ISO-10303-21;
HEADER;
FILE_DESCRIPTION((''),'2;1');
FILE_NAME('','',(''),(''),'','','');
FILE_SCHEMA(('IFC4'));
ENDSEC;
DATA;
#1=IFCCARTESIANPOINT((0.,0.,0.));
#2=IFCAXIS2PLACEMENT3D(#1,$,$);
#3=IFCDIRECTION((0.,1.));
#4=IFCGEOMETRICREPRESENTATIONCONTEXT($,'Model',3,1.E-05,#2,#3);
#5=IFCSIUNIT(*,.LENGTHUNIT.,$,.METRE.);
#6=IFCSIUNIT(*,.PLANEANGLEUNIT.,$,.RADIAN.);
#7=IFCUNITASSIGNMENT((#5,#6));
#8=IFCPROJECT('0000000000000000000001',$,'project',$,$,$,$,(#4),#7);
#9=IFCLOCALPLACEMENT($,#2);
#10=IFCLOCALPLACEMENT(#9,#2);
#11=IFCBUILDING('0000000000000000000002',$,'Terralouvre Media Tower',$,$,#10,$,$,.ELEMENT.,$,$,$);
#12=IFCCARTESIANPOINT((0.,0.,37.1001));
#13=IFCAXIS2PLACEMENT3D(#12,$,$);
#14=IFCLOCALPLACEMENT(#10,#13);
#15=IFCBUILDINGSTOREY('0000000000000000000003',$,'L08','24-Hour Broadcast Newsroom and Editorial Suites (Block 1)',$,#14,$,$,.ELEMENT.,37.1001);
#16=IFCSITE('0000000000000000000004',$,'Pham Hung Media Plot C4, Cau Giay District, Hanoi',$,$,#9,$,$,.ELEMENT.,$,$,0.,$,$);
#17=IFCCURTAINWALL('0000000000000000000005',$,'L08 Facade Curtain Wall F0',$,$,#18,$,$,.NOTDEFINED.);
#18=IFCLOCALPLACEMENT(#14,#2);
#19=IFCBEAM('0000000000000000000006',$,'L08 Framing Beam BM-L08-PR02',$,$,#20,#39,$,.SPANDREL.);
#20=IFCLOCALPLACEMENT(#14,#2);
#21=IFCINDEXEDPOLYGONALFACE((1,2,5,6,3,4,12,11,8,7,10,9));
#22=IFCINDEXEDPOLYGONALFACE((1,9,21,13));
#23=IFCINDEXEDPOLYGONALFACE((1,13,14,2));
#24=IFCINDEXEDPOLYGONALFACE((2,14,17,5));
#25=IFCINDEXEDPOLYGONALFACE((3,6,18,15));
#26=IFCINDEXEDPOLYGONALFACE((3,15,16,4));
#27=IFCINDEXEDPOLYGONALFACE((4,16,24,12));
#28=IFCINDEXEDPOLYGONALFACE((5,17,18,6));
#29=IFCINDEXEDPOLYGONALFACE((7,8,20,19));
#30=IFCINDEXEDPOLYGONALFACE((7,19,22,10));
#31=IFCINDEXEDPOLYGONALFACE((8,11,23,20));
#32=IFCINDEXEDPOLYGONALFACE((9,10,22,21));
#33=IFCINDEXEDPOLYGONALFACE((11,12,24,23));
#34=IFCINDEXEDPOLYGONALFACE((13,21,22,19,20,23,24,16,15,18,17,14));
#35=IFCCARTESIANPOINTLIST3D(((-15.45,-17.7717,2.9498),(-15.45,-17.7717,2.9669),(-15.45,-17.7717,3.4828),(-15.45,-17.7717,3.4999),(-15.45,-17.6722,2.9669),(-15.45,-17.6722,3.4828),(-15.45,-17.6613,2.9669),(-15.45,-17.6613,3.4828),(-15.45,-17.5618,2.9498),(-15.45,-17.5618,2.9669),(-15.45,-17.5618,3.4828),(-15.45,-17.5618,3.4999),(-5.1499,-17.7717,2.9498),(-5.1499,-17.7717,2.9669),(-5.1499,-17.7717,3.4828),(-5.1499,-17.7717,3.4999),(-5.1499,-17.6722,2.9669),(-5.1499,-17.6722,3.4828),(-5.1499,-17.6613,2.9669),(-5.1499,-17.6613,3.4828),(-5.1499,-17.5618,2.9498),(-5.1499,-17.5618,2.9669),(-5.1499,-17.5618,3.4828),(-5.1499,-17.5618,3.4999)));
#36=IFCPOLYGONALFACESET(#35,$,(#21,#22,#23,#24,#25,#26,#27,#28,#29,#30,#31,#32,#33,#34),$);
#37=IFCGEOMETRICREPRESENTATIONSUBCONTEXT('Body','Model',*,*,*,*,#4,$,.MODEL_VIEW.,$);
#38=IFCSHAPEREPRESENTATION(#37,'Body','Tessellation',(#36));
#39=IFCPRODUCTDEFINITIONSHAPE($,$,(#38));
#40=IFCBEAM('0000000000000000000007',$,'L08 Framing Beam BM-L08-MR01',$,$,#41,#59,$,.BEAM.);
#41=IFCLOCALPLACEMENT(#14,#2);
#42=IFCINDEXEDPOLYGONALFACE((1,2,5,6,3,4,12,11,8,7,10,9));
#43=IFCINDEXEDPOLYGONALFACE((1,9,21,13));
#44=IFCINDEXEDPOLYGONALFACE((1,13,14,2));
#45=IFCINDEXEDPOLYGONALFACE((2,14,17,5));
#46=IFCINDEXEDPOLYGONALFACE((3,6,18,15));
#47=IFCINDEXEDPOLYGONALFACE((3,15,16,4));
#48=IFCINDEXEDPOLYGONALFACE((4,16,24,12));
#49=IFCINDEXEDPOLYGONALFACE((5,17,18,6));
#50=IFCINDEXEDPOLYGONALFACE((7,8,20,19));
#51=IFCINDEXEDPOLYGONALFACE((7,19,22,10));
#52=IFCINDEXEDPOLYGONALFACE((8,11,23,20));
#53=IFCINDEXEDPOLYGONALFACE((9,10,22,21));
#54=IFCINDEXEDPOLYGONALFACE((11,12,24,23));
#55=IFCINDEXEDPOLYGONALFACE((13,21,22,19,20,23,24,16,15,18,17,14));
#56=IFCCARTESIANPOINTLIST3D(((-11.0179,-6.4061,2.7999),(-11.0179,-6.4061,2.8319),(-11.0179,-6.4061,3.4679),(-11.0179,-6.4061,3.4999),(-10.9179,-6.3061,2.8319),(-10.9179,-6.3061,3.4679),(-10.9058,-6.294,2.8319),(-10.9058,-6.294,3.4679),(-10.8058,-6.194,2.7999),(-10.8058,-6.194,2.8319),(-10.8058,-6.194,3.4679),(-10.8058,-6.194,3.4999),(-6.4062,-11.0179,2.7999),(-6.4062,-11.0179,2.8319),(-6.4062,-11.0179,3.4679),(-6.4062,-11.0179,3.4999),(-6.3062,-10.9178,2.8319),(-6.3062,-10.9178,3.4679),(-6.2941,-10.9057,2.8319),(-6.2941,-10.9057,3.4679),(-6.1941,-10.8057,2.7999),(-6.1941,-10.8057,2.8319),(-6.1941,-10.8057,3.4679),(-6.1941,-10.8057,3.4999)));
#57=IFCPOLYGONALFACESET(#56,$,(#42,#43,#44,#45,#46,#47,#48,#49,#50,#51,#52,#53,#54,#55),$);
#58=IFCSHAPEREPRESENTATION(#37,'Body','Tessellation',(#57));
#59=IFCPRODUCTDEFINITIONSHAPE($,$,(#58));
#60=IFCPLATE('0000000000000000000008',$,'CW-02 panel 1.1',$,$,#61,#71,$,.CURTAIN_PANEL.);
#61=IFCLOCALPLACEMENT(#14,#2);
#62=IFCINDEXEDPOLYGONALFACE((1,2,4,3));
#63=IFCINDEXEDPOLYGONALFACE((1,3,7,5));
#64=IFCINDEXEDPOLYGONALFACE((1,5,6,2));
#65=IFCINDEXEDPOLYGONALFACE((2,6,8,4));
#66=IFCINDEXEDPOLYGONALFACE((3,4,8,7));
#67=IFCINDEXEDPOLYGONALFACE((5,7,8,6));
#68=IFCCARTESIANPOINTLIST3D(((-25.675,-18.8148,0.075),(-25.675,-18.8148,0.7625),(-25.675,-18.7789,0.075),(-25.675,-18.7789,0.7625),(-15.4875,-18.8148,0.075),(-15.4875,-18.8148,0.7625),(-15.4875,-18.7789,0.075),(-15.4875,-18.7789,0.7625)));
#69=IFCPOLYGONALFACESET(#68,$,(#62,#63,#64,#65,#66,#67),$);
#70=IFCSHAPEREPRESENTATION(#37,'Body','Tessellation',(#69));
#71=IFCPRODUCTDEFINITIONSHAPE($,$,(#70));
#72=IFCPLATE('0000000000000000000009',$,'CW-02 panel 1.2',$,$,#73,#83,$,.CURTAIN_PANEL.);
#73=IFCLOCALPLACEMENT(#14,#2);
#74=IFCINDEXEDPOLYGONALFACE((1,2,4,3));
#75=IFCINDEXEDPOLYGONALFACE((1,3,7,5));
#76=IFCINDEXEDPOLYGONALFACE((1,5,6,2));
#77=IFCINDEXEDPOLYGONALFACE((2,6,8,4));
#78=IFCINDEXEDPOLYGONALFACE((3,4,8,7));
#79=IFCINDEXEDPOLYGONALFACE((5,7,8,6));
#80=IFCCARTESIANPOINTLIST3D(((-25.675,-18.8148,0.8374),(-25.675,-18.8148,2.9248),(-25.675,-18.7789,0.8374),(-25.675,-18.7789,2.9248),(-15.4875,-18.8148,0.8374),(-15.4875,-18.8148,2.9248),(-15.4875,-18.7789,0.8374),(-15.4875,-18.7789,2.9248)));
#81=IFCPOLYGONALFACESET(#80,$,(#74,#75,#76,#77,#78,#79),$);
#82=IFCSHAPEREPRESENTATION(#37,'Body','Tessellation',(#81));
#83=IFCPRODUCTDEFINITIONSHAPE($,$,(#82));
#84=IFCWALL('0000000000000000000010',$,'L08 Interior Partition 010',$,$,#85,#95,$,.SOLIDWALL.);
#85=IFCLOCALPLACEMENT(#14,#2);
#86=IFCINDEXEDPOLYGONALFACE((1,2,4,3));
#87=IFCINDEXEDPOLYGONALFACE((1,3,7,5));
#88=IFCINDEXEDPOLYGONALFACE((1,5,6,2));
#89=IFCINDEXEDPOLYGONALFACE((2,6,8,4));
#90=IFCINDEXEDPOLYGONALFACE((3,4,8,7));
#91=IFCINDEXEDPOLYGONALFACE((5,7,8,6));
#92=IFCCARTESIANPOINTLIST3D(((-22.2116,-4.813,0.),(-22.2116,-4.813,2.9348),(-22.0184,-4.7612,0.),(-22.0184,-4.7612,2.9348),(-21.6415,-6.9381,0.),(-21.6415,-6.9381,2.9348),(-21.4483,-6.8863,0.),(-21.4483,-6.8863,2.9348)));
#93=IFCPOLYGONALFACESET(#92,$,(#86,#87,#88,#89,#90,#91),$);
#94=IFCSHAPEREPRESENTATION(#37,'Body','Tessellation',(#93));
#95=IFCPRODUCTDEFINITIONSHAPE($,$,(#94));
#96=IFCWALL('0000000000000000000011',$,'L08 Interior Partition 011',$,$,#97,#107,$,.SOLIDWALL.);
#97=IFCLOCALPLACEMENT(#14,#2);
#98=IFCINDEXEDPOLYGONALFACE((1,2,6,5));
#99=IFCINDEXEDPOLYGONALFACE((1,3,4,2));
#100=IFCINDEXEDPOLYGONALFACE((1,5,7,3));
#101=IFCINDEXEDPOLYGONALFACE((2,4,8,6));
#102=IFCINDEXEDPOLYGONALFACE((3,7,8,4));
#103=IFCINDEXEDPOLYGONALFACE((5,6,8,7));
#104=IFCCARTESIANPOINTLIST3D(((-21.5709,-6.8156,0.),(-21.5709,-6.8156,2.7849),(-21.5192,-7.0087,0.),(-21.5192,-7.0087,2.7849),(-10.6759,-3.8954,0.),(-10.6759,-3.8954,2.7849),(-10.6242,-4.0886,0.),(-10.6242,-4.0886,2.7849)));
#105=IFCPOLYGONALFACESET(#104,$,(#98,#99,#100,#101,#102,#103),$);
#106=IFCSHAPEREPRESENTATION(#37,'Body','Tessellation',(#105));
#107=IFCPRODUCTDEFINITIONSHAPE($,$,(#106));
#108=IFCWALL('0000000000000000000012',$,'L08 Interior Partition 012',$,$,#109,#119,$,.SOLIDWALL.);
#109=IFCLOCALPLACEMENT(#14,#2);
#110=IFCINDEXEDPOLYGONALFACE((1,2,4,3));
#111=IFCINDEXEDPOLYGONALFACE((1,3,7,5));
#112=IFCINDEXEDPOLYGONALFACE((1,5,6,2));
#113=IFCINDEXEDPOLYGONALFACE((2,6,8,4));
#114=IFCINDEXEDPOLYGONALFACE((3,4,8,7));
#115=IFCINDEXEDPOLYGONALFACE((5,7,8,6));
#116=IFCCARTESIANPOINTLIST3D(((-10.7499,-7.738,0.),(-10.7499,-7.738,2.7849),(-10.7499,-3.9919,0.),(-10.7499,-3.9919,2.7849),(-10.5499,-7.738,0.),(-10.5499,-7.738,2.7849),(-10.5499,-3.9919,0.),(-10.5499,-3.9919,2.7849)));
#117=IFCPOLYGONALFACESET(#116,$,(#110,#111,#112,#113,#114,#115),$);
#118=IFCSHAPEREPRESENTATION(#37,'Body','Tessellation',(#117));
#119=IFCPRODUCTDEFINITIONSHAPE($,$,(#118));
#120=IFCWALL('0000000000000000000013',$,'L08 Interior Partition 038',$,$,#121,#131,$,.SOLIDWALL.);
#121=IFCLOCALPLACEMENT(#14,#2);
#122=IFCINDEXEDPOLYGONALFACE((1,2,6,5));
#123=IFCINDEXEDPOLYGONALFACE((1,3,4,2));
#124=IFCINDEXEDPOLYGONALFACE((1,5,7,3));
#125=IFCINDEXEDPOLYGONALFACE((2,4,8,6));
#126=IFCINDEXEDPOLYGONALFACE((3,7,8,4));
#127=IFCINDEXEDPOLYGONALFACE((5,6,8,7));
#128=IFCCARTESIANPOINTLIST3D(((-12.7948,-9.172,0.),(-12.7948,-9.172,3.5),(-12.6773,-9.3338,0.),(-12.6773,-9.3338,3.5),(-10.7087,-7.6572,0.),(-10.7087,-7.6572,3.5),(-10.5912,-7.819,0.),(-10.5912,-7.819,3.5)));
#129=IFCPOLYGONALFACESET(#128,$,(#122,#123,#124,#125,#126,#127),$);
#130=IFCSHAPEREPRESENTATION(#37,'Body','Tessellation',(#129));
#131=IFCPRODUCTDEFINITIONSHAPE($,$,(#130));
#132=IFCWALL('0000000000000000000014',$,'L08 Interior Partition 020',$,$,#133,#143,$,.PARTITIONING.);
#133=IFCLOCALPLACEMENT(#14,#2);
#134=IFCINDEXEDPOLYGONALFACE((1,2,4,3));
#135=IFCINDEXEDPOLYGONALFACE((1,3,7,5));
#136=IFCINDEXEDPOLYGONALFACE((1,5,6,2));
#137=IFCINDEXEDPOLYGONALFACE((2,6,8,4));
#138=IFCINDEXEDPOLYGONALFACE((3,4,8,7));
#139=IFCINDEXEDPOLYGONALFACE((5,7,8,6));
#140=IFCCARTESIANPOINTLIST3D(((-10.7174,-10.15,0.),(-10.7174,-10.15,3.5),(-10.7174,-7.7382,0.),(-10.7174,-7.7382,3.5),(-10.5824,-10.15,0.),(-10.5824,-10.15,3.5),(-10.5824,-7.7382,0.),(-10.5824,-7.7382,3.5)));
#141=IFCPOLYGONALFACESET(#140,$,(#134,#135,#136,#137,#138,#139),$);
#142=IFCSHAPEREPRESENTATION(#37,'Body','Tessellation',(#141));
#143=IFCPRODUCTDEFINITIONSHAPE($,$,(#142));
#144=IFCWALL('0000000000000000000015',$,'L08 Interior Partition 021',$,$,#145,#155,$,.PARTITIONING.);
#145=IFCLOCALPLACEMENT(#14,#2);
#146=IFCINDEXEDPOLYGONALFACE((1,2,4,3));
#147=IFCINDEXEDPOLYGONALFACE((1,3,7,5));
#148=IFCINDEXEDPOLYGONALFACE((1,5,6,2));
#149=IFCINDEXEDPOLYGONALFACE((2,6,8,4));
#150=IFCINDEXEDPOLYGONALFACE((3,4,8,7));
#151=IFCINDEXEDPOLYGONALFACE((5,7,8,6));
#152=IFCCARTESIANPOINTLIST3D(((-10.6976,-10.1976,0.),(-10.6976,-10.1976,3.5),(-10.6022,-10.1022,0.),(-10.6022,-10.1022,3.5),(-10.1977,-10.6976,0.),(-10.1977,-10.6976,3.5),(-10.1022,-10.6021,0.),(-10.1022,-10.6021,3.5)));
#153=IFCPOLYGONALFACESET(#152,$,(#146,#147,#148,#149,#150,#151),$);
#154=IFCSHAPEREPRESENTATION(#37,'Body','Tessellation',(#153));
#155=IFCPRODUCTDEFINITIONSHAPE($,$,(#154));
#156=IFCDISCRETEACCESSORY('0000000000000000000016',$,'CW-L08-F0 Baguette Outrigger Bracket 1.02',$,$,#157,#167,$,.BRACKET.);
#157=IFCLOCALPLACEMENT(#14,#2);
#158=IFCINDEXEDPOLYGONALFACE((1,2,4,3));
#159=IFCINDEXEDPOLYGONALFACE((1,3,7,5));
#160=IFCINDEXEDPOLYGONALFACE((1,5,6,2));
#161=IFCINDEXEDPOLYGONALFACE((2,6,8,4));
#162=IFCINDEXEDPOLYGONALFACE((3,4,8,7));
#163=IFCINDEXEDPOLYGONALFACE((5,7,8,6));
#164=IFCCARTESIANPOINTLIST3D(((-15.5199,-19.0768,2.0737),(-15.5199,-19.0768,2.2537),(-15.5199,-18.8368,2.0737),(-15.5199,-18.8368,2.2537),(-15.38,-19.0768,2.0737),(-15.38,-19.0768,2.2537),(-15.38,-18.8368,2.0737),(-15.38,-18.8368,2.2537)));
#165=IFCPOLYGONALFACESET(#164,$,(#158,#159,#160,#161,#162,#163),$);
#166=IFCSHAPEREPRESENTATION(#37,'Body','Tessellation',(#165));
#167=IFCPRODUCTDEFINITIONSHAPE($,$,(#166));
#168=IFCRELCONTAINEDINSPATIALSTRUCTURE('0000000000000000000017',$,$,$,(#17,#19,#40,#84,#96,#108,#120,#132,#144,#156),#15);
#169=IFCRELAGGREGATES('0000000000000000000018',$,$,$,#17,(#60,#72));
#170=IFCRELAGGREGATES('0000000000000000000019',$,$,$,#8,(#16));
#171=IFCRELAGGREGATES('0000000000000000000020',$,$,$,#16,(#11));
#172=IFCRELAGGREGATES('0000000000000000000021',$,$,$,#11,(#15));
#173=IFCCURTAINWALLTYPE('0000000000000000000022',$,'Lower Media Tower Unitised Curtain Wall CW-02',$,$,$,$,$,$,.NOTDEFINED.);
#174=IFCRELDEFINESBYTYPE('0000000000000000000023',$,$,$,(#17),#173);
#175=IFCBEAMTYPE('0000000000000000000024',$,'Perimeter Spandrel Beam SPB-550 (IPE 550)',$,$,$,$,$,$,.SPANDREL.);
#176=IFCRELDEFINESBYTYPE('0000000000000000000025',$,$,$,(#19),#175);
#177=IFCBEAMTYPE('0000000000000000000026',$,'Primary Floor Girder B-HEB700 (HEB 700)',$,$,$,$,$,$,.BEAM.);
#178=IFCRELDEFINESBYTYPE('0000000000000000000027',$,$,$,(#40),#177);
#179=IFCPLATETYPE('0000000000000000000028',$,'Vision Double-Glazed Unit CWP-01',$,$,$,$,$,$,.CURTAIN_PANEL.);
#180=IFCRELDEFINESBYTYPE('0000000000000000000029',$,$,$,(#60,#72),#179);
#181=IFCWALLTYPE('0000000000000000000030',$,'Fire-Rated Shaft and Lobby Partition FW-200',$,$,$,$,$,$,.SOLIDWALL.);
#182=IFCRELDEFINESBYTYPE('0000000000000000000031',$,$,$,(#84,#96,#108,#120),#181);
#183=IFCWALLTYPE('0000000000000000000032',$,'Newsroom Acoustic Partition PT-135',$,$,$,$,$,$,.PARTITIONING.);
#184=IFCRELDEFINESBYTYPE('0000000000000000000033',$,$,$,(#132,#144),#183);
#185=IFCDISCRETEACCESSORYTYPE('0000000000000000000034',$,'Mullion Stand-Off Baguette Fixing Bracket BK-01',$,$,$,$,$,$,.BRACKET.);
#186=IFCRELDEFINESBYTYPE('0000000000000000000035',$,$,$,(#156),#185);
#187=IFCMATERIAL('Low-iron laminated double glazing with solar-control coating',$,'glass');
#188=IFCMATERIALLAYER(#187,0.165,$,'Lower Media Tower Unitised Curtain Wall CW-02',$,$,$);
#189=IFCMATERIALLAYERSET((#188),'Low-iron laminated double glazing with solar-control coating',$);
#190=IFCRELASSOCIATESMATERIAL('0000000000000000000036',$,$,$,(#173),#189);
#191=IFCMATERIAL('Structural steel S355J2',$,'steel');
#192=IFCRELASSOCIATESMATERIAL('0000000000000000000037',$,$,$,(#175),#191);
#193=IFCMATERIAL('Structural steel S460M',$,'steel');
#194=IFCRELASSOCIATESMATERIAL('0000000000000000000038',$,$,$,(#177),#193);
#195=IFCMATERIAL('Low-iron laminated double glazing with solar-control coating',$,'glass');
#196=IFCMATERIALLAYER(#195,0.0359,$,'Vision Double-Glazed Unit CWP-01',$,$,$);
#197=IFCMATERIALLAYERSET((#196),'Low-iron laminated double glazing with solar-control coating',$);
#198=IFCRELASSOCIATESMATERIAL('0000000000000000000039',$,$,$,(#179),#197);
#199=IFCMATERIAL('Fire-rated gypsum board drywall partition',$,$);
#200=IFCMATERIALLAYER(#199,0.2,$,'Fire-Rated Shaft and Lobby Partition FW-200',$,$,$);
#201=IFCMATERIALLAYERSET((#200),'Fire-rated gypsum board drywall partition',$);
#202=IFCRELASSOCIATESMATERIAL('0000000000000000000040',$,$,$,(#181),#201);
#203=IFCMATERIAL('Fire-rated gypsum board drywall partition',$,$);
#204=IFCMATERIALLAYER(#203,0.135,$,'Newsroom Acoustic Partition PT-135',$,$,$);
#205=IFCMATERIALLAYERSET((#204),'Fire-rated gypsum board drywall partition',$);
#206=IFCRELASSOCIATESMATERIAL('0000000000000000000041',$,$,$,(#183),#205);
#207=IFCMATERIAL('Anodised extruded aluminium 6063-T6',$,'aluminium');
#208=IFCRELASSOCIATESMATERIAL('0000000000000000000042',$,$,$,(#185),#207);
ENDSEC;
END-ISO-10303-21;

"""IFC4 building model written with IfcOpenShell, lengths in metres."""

from ifc_helpers import new_model, si_unit, direction, frame, frame_2d, origin, origin_2d, place, context, subcontext, project, spatial, rectangle, i_section, extrude, material, layer, layer_set, material_profile, profile_set, type_object, element, aggregate, save


model = new_model("IFC4")

# Units and contexts
model_context = context("Model", 3, precision=1e-05, world=origin(), true_north=direction((0.0, 1.0)))
body_context = subcontext(model_context, "Body", "Model", "MODEL_VIEW")
ifc_project = project(units=[si_unit("LENGTHUNIT", "METRE"), si_unit("PLANEANGLEUNIT", "RADIAN")], contexts=[model_context])

# Site, building, storey
site_placement = place(None, origin())
site = spatial("IfcSite", under=ifc_project, at=site_placement, Name="Pham Hung Media Plot C4, Cau Giay District, Hanoi", CompositionType="ELEMENT", RefElevation=0.0)
building_placement = place(site_placement, origin())
building = spatial("IfcBuilding", under=site, at=building_placement, Name="Terralouvre Media Tower", CompositionType="ELEMENT")
storey_placement = place(building_placement, frame((0.0, 0.0, 37.1001)))
storey = spatial("IfcBuildingStorey", under=building, at=storey_placement, Name="L08", Description="24-Hour Broadcast Newsroom and Editorial Suites (Block 1)", CompositionType="ELEMENT", Elevation=37.1001)

# Curtain wall
ifc_material_1 = material(Name="Low-iron laminated double glazing with solar-control coating", Category="glass")
ifc_layer_1 = layer(ifc_material_1, 0.165, Name="Lower Media Tower Unitised Curtain Wall CW-02")
ifc_layer_set_1 = layer_set([ifc_layer_1], Name="Low-iron laminated double glazing with solar-control coating")
curtain_wall_type = type_object("IfcCurtainWallType", Name="Lower Media Tower Unitised Curtain Wall CW-02", PredefinedType="NOTDEFINED", material=ifc_layer_set_1)
curtain_wall_1_placement = place(storey_placement, origin())
curtain_wall_1 = element("IfcCurtainWall", 1, at=curtain_wall_1_placement, inside=storey, type_object=curtain_wall_type, Name="L08 Facade Curtain Wall F0", PredefinedType="NOTDEFINED")

# Beams
ifc_material_2 = material(Name="Structural steel S355J2", Category="steel")
ifc_material_profile_1 = material_profile(ifc_material_2, i_section(OverallWidth=0.21, OverallDepth=0.55, WebThickness=0.011, FlangeThickness=0.0171, at=origin_2d()), Name="IPE 550")
ifc_profile_set_1 = profile_set([ifc_material_profile_1], Name="Structural steel S355J2")
beam_type_1 = type_object("IfcBeamType", Name="Perimeter Spandrel Beam SPB-550 (IPE 550)", PredefinedType="SPANDREL", material=ifc_profile_set_1)
beam_1_placement = place(storey_placement, frame((-15.45, -17.6667, 3.2249), z_axis=(1.0, 0.0, 0.0), x_axis=(0.0, 1.0, 0.0)))
element("IfcBeam", 2, at=beam_1_placement, inside=storey, type_object=beam_type_1, Name="L08 Framing Beam BM-L08-PR02", PredefinedType="SPANDREL", context=body_context, shape_type="SweptSolid", body=[
    extrude(i_section(OverallWidth=0.21, OverallDepth=0.55, WebThickness=0.011, FlangeThickness=0.0171, at=origin_2d()), origin(), (0.0, 0.0, 1.0), 10.3),
])
ifc_material_3 = material(Name="Structural steel S460M", Category="steel")
ifc_material_profile_2 = material_profile(ifc_material_3, i_section(OverallWidth=0.3, OverallDepth=0.7, WebThickness=0.0171, FlangeThickness=0.032, at=origin_2d()), Name="HEB 700")
ifc_profile_set_2 = profile_set([ifc_material_profile_2], Name="Structural steel S460M")
beam_type_2 = type_object("IfcBeamType", Name="Primary Floor Girder B-HEB700 (HEB 700)", PredefinedType="BEAM", material=ifc_profile_set_2)
beam_2_placement = place(storey_placement, frame((-10.9119, -6.3, 3.1499), z_axis=(0.707107, -0.707107, 0.0), x_axis=(0.707107, 0.707107, 0.0)))
element("IfcBeam", 3, at=beam_2_placement, inside=storey, type_object=beam_type_2, Name="L08 Framing Beam BM-L08-MR01", PredefinedType="BEAM", context=body_context, shape_type="SweptSolid", body=[
    extrude(i_section(OverallWidth=0.3, OverallDepth=0.7, WebThickness=0.0171, FlangeThickness=0.032, at=origin_2d()), origin(), (0.0, 0.0, 1.0), 6.522),
])

# Plates
ifc_material_4 = material(Name="Low-iron laminated double glazing with solar-control coating", Category="glass")
ifc_layer_2 = layer(ifc_material_4, 0.0359, Name="Vision Double-Glazed Unit CWP-01")
ifc_layer_set_2 = layer_set([ifc_layer_2], Name="Low-iron laminated double glazing with solar-control coating")
plate_type = type_object("IfcPlateType", Name="Vision Double-Glazed Unit CWP-01", PredefinedType="CURTAIN_PANEL", material=ifc_layer_set_2)
plate_1_placement = place(storey_placement, frame((-20.5813, -18.7969, 0.075), z_axis=(0.0, 0.0, 1.0), x_axis=(1.0, 0.0, 0.0)))
plate_1 = element("IfcPlate", 4, at=plate_1_placement, type_object=plate_type, Name="CW-02 panel 1.1", PredefinedType="CURTAIN_PANEL", context=body_context, shape_type="SweptSolid", body=[
    extrude(rectangle(XDim=10.1875, YDim=0.0359, at=origin_2d()), origin(), (0.0, 0.0, 1.0), 0.6875),
])
plate_2_placement = place(storey_placement, frame((-20.5813, -18.7969, 0.8374), z_axis=(0.0, 0.0, 1.0), x_axis=(1.0, 0.0, 0.0)))
plate_2 = element("IfcPlate", 5, at=plate_2_placement, type_object=plate_type, Name="CW-02 panel 1.2", PredefinedType="CURTAIN_PANEL", context=body_context, shape_type="SweptSolid", body=[
    extrude(rectangle(XDim=10.1875, YDim=0.0359, at=origin_2d()), origin(), (0.0, 0.0, 1.0), 2.0874),
])
aggregate(curtain_wall_1, [plate_1, plate_2])

# Walls
ifc_material_5 = material(Name="Fire-rated gypsum board drywall partition")
ifc_layer_3 = layer(ifc_material_5, 0.2, Name="Fire-Rated Shaft and Lobby Partition FW-200")
ifc_layer_set_3 = layer_set([ifc_layer_3], Name="Fire-rated gypsum board drywall partition")
wall_type_1 = type_object("IfcWallType", Name="Fire-Rated Shaft and Lobby Partition FW-200", PredefinedType="SOLIDWALL", material=ifc_layer_set_3)
wall_1_placement = place(storey_placement, frame((-22.115, -4.7871, 0.0), z_axis=(0.0, 0.0, 1.0), x_axis=(0.259106, -0.965849, 0.0)))
element("IfcWall", 6, at=wall_1_placement, inside=storey, type_object=wall_type_1, Name="L08 Interior Partition 010", PredefinedType="SOLIDWALL", context=body_context, shape_type="SweptSolid", body=[
    extrude(rectangle(XDim=2.2002, YDim=0.2, at=frame_2d((1.1001, 0.0))), origin(), (0.0, 0.0, 1.0), 2.9348),
])
wall_2_placement = place(storey_placement, frame((-21.5449, -6.9121, 0.0), z_axis=(0.0, 0.0, 1.0), x_axis=(0.965907, 0.25889, 0.0)))
element("IfcWall", 7, at=wall_2_placement, inside=storey, type_object=wall_type_1, Name="L08 Interior Partition 011", PredefinedType="SOLIDWALL", context=body_context, shape_type="SweptSolid", body=[
    extrude(rectangle(XDim=11.2795, YDim=0.2, at=frame_2d((5.6396, 0.0))), origin(), (0.0, 0.0, 1.0), 2.7849),
])
wall_3_placement = place(storey_placement, frame((-10.6499, -3.9919, 0.0), z_axis=(0.0, 0.0, 1.0), x_axis=(0.0, -1.0, 0.0)))
element("IfcWall", 8, at=wall_3_placement, inside=storey, type_object=wall_type_1, Name="L08 Interior Partition 012", PredefinedType="SOLIDWALL", context=body_context, shape_type="SweptSolid", body=[
    extrude(rectangle(XDim=3.7461, YDim=0.2, at=frame_2d((1.873, 0.0))), origin(), (0.0, 0.0, 1.0), 2.7849),
])
wall_4_placement = place(storey_placement, frame((-12.7361, -9.2529, 0.0), z_axis=(0.0, 0.0, 1.0), x_axis=(0.809166, 0.58758, 0.0)))
element("IfcWall", 9, at=wall_4_placement, inside=storey, type_object=wall_type_1, Name="L08 Interior Partition 038", PredefinedType="SOLIDWALL", context=body_context, shape_type="SweptSolid", body=[
    extrude(rectangle(XDim=2.5781, YDim=0.2, at=frame_2d((1.2891, 0.0))), origin(), (0.0, 0.0, 1.0), 3.5),
])
ifc_material_6 = material(Name="Fire-rated gypsum board drywall partition")
ifc_layer_4 = layer(ifc_material_6, 0.135, Name="Newsroom Acoustic Partition PT-135")
ifc_layer_set_4 = layer_set([ifc_layer_4], Name="Fire-rated gypsum board drywall partition")
wall_type_2 = type_object("IfcWallType", Name="Newsroom Acoustic Partition PT-135", PredefinedType="PARTITIONING", material=ifc_layer_set_4)
wall_5_placement = place(storey_placement, frame((-10.6499, -7.738, 0.0), z_axis=(0.0, 0.0, 1.0), x_axis=(0.0, -1.0, 0.0)))
element("IfcWall", 10, at=wall_5_placement, inside=storey, type_object=wall_type_2, Name="L08 Interior Partition 020", PredefinedType="PARTITIONING", context=body_context, shape_type="SweptSolid", body=[
    extrude(rectangle(XDim=2.4119, YDim=0.135, at=frame_2d((1.2061, 0.0))), origin(), (0.0, 0.0, 1.0), 3.5),
])
wall_6_placement = place(storey_placement, frame((-10.6499, -10.1499, 0.0), z_axis=(0.0, 0.0, 1.0), x_axis=(0.707107, -0.707107, 0.0)))
element("IfcWall", 11, at=wall_6_placement, inside=storey, type_object=wall_type_2, Name="L08 Interior Partition 021", PredefinedType="PARTITIONING", context=body_context, shape_type="SweptSolid", body=[
    extrude(rectangle(XDim=0.707, YDim=0.135, at=frame_2d((0.3535, 0.0))), origin(), (0.0, 0.0, 1.0), 3.5),
])

# Discrete accessory
ifc_material_7 = material(Name="Anodised extruded aluminium 6063-T6", Category="aluminium")
discrete_accessory_type = type_object("IfcDiscreteAccessoryType", Name="Mullion Stand-Off Baguette Fixing Bracket BK-01", PredefinedType="BRACKET", material=ifc_material_7)
discrete_accessory_placement = place(storey_placement, frame((-15.45, -18.9568, 2.0737), z_axis=(0.0, 0.0, 1.0), x_axis=(1.0, 0.0, 0.0)))
element("IfcDiscreteAccessory", 12, at=discrete_accessory_placement, inside=storey, type_object=discrete_accessory_type, Name="CW-L08-F0 Baguette Outrigger Bracket 1.02", PredefinedType="BRACKET", context=body_context, shape_type="SweptSolid", body=[
    extrude(rectangle(XDim=0.1399, YDim=0.24, at=origin_2d()), origin(), (0.0, 0.0, 1.0), 0.1799),
])

save(model, "model.ifc")
